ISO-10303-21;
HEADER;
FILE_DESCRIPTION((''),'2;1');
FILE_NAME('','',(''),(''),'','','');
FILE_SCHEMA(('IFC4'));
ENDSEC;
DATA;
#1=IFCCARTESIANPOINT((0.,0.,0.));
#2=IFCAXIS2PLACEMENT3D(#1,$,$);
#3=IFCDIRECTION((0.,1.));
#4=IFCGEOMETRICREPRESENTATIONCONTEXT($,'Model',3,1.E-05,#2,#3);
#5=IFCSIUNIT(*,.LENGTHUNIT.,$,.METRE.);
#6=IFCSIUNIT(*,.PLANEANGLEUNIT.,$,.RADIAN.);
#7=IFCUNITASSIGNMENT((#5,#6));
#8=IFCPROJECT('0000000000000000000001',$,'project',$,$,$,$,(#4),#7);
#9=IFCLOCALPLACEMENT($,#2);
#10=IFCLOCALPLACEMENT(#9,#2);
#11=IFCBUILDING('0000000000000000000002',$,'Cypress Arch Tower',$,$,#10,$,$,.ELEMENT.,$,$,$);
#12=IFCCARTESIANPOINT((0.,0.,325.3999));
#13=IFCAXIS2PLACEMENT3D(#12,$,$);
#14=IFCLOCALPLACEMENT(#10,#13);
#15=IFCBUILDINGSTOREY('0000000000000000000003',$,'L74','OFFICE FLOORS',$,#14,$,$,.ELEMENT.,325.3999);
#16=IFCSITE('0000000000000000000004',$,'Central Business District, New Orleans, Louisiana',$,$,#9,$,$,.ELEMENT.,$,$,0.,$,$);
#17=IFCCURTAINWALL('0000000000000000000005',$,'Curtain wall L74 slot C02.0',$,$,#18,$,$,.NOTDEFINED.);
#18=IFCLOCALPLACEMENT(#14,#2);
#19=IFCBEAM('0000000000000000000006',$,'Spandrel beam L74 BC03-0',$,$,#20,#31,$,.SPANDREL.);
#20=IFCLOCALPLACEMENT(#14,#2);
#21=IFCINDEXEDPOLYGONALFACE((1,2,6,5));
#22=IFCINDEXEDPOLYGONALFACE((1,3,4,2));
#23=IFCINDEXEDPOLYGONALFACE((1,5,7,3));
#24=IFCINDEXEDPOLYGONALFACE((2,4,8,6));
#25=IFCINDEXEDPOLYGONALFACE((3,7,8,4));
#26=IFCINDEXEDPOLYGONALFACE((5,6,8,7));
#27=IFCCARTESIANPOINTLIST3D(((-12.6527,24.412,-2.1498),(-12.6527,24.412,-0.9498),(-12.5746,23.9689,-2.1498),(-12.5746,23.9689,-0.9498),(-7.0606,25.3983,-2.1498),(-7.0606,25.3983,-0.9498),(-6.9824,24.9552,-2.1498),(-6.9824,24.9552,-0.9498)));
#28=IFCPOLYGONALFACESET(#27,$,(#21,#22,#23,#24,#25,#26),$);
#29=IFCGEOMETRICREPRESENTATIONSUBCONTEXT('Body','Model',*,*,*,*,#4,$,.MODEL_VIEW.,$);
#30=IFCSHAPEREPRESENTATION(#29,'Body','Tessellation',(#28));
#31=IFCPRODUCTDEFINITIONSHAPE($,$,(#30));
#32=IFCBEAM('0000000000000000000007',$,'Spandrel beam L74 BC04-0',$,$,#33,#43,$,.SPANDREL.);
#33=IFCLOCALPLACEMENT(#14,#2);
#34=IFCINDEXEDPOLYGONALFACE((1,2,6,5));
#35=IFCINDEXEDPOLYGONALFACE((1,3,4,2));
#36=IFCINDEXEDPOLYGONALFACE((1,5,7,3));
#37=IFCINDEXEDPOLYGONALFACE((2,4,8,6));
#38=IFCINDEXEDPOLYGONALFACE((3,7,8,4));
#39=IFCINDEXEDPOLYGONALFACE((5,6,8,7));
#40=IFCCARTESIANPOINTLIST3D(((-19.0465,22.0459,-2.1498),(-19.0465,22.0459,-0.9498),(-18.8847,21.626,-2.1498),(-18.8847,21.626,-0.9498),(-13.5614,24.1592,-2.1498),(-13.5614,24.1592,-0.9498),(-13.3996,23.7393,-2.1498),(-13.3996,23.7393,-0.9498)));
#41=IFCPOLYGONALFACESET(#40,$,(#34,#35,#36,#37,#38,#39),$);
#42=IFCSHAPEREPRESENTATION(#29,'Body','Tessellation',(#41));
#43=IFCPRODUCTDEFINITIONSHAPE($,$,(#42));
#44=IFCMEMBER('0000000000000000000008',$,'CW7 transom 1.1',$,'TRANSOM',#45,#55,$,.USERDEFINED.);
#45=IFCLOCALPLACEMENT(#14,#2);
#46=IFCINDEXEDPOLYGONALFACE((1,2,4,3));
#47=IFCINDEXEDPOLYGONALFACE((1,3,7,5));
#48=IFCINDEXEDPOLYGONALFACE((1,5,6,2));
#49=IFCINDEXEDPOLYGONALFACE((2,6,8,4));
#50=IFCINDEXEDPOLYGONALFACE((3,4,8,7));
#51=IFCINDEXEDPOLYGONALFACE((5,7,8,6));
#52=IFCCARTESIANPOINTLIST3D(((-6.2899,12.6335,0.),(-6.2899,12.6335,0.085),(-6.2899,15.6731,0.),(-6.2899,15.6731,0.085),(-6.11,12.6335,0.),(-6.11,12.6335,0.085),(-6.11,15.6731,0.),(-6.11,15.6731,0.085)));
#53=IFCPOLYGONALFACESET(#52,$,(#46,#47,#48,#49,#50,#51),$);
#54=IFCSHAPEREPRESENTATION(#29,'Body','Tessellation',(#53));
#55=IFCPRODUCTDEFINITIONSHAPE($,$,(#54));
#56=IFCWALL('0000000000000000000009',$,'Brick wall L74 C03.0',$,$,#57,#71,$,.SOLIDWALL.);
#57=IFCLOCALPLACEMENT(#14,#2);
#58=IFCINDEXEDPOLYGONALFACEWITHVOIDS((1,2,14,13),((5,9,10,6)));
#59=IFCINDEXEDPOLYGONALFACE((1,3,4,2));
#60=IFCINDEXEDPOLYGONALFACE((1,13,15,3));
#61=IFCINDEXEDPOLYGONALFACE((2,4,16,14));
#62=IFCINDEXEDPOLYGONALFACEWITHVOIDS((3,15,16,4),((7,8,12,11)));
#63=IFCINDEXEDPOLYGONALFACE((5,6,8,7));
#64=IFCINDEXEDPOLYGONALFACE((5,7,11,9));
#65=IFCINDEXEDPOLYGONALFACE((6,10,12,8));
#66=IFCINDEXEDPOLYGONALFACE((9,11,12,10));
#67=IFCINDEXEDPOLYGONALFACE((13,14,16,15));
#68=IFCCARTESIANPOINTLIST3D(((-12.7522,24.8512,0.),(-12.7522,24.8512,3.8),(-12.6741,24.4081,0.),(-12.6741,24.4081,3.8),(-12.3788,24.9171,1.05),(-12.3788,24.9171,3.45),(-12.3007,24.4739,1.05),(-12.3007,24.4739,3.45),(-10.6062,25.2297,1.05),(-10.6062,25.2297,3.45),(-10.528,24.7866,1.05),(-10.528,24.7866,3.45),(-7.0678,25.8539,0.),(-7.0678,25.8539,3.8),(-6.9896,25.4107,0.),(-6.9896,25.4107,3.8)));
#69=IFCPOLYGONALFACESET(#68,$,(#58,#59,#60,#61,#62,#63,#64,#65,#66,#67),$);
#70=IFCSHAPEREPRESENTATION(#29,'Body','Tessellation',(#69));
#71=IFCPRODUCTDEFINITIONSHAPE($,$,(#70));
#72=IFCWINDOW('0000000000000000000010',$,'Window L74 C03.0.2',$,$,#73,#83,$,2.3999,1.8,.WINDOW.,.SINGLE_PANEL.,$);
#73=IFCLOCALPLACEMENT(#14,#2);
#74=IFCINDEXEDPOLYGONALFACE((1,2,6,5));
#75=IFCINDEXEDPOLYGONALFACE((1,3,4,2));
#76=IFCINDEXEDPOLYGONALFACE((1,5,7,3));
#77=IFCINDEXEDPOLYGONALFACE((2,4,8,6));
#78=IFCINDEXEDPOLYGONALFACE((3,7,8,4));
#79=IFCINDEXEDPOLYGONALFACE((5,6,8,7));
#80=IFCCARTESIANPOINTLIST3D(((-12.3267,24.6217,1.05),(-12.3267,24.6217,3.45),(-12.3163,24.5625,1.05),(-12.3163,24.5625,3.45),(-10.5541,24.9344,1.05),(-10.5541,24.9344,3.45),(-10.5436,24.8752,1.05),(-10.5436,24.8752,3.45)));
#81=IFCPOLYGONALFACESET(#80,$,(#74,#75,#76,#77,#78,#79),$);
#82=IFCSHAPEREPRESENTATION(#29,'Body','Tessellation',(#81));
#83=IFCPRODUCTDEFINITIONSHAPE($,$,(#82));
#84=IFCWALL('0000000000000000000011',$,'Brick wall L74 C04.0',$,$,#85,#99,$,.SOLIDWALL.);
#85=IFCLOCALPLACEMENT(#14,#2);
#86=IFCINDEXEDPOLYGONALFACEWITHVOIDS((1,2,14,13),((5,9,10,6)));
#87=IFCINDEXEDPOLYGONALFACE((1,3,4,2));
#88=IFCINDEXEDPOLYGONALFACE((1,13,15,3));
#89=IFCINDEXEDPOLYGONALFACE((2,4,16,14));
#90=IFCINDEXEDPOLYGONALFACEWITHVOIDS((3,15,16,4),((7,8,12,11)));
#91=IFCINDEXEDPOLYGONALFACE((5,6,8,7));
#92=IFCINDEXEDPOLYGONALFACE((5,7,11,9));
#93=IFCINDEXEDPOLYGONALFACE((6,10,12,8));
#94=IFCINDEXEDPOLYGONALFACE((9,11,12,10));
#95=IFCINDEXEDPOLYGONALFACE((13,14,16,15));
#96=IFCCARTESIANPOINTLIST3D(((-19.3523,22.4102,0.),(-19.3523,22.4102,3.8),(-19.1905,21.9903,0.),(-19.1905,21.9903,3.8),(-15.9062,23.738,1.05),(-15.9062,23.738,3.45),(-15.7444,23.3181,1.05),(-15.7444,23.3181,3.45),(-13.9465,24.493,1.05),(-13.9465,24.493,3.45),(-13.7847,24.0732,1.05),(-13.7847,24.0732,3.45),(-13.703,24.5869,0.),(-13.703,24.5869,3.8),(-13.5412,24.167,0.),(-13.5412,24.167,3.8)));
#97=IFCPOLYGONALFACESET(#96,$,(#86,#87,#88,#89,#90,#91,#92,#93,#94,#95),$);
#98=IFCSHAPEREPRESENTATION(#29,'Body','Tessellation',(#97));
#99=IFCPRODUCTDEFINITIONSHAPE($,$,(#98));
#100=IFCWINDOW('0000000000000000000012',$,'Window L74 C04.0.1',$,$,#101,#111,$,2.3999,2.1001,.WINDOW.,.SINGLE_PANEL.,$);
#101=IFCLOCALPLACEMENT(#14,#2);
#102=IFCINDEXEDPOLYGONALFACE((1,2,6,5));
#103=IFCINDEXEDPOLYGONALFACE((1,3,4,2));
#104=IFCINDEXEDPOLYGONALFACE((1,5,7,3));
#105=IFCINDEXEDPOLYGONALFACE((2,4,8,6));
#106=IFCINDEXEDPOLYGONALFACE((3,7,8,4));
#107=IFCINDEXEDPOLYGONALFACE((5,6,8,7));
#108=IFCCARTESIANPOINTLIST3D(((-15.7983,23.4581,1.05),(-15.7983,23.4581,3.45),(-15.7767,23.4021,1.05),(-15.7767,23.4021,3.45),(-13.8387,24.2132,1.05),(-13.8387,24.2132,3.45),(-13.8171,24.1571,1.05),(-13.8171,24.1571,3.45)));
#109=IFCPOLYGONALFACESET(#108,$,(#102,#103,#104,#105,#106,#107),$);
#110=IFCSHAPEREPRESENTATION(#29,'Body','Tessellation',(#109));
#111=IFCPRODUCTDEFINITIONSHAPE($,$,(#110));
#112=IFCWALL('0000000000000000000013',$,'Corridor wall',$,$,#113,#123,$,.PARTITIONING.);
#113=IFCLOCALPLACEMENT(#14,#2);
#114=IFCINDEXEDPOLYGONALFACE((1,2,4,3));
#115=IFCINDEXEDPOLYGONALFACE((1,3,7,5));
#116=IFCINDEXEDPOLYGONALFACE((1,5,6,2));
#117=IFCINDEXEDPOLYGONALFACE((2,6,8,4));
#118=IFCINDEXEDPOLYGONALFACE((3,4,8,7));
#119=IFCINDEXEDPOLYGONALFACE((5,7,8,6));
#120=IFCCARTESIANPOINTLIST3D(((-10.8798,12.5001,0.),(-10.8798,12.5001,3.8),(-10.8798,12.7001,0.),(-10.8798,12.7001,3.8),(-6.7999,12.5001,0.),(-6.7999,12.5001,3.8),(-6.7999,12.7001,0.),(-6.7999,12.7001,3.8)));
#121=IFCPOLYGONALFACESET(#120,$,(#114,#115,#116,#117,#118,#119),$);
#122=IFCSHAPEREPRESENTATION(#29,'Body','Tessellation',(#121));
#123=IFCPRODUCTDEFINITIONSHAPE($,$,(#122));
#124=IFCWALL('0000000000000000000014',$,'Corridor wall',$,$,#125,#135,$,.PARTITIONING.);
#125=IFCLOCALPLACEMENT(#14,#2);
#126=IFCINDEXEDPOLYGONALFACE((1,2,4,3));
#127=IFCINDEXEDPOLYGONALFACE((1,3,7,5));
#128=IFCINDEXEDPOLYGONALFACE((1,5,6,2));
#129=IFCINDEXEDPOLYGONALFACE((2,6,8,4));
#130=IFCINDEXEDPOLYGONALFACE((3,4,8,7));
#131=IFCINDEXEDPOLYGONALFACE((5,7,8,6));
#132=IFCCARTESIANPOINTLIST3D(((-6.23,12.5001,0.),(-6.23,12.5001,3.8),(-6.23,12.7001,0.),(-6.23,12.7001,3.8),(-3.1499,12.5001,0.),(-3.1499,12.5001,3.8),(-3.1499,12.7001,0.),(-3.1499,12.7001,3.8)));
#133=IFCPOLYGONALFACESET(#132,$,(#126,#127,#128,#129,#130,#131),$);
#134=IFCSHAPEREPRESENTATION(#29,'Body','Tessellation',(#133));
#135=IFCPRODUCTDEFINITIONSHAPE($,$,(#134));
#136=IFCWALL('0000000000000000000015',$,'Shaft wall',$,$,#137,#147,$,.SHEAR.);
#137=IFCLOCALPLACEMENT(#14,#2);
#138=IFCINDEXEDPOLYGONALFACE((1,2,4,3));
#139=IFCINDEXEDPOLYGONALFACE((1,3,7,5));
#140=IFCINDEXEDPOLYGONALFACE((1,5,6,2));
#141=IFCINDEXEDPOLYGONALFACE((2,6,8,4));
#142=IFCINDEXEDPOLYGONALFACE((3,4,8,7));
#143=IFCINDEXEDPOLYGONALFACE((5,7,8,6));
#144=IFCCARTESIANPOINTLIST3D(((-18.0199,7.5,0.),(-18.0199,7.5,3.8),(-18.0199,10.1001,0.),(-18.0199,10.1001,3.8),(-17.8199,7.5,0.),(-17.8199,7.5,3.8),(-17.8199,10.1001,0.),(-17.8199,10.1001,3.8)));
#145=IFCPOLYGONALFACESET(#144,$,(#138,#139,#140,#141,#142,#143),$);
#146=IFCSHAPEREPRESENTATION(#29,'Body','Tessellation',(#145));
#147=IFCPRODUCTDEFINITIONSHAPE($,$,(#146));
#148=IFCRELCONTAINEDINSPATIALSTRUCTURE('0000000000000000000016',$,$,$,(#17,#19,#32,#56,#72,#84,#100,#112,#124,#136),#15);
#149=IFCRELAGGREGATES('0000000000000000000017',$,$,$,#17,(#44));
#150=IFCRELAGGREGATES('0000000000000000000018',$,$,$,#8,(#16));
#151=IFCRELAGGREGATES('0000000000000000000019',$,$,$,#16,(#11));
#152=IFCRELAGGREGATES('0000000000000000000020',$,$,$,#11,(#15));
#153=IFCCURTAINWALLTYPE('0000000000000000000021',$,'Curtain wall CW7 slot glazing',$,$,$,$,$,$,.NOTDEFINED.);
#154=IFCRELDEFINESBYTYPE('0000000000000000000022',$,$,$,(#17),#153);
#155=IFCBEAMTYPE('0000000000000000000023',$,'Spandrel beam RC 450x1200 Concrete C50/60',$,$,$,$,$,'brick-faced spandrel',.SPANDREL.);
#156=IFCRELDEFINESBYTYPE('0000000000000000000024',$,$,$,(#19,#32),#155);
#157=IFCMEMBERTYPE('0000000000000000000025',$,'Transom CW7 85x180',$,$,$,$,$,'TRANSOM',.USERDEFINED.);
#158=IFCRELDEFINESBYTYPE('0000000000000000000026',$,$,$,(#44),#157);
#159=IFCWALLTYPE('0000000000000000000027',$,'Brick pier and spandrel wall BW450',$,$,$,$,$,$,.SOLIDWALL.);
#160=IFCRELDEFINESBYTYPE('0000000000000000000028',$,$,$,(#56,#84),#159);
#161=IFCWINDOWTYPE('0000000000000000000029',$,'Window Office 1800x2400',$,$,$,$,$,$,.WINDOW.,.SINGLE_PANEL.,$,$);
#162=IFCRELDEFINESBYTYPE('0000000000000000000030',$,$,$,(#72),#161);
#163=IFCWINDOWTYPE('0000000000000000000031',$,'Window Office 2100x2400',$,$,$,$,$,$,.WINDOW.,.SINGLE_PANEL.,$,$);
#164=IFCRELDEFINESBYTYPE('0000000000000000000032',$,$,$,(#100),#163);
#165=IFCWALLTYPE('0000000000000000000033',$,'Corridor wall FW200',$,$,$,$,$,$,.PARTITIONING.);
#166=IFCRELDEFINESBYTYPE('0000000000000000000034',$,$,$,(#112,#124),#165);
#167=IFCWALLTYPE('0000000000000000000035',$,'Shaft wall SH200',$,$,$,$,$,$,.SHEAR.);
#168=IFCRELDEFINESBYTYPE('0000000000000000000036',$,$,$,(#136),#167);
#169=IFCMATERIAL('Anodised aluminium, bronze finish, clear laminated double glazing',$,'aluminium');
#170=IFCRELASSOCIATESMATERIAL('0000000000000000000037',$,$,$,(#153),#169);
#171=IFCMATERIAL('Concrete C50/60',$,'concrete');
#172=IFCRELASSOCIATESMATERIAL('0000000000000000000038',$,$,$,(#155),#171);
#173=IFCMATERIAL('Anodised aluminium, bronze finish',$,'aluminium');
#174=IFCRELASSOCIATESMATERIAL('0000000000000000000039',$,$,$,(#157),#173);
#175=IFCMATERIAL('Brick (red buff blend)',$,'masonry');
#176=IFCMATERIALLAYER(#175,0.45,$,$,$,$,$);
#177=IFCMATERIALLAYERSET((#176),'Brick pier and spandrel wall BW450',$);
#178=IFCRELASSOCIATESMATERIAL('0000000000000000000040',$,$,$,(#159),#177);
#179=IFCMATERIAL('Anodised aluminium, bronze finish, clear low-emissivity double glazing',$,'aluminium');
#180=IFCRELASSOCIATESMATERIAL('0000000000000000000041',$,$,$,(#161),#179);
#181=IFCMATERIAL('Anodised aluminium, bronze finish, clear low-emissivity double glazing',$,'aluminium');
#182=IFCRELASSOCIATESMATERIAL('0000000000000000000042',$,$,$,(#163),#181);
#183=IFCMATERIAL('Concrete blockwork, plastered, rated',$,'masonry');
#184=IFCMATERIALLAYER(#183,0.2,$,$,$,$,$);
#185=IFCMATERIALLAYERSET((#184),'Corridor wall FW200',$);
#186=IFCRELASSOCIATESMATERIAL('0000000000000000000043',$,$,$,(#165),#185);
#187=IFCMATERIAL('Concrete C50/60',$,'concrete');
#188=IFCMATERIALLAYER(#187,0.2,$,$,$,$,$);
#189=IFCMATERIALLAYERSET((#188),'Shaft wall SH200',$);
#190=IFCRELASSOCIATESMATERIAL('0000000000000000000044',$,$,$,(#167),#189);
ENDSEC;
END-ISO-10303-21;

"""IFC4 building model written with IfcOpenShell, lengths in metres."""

from ifc_helpers import new_model, si_unit, direction, frame, frame_2d, origin, origin_2d, place, context, subcontext, project, spatial, rectangle, extrude, material, layer, layer_set, material_profile, profile_set, type_object, element, fill, aggregate, save


model = new_model("IFC4")

# Units and contexts
model_context = context("Model", 3, precision=1e-05, world=origin(), true_north=direction((0.0, 1.0)))
body_context = subcontext(model_context, "Body", "Model", "MODEL_VIEW")
ifc_project = project(units=[si_unit("LENGTHUNIT", "METRE"), si_unit("PLANEANGLEUNIT", "RADIAN")], contexts=[model_context])

# Site, building, storey
site_placement = place(None, origin())
site = spatial("IfcSite", under=ifc_project, at=site_placement, Name="Central Business District, New Orleans, Louisiana", CompositionType="ELEMENT", RefElevation=0.0)
building_placement = place(site_placement, origin())
building = spatial("IfcBuilding", under=site, at=building_placement, Name="Cypress Arch Tower", CompositionType="ELEMENT")
storey_placement = place(building_placement, frame((0.0, 0.0, 325.3999)))
storey = spatial("IfcBuildingStorey", under=building, at=storey_placement, Name="L74", Description="OFFICE FLOORS", CompositionType="ELEMENT", Elevation=325.3999)

# Curtain wall
ifc_material_1 = material(Name="Anodised aluminium, bronze finish, clear laminated double glazing", Category="aluminium")
curtain_wall_type = type_object("IfcCurtainWallType", Name="Curtain wall CW7 slot glazing", PredefinedType="NOTDEFINED", material=ifc_material_1)
curtain_wall_placement = place(storey_placement, origin())
curtain_wall = element("IfcCurtainWall", 1, at=curtain_wall_placement, inside=storey, type_object=curtain_wall_type, Name="Curtain wall L74 slot C02.0", PredefinedType="NOTDEFINED")

# Beams
ifc_material_2 = material(Name="Concrete C50/60", Category="concrete")
ifc_material_profile_1 = material_profile(ifc_material_2, rectangle(XDim=0.45, YDim=1.2, at=origin_2d()), Name="RC 450x1200")
ifc_profile_set_1 = profile_set([ifc_material_profile_1], Name="Concrete C50/60")
beam_type_1 = type_object("IfcBeamType", Name="Spandrel beam RC 450x1200 Concrete C50/60", ElementType="brick-faced spandrel", PredefinedType="SPANDREL", material=ifc_profile_set_1)
beam_1_placement = place(storey_placement, frame((-7.0215, 25.1768, -1.5498), z_axis=(-0.984799, -0.173699, 0.0), x_axis=(0.173699, -0.984799, 0.0)))
element("IfcBeam", 2, at=beam_1_placement, inside=storey, type_object=beam_type_1, Name="Spandrel beam L74 BC03-0", PredefinedType="SPANDREL", context=body_context, shape_type="SweptSolid", body=[
    extrude(rectangle(XDim=0.45, YDim=1.2, at=origin_2d()), origin(), (0.0, 0.0, 1.0), 5.6785),
])
beam_2_placement = place(storey_placement, frame((-13.4805, 23.9492, -1.5498), z_axis=(-0.933139, -0.359516, 0.0), x_axis=(0.359516, -0.933139, 0.0)))
element("IfcBeam", 3, at=beam_2_placement, inside=storey, type_object=beam_type_1, Name="Spandrel beam L74 BC04-0", PredefinedType="SPANDREL", context=body_context, shape_type="SweptSolid", body=[
    extrude(rectangle(XDim=0.45, YDim=1.2, at=origin_2d()), origin(), (0.0, 0.0, 1.0), 5.8782),
])

# Member
ifc_material_3 = material(Name="Anodised aluminium, bronze finish", Category="aluminium")
ifc_material_profile_2 = material_profile(ifc_material_3, rectangle(XDim=0.1799, YDim=0.085, at=origin_2d()), Name="Transom 85x180")
ifc_profile_set_2 = profile_set([ifc_material_profile_2], Name="Anodised aluminium, bronze finish")
member_type_1 = type_object("IfcMemberType", Name="Transom CW7 85x180", ElementType="TRANSOM", PredefinedType="USERDEFINED", material=ifc_profile_set_2)
member_1_placement = place(storey_placement, frame((-6.2, 12.6335, 0.0425), z_axis=(0.0, 1.0, 0.0), x_axis=(-1.0, 0.0, 0.0)))
member_1 = element("IfcMember", 4, at=member_1_placement, type_object=member_type_1, Name="CW7 transom 1.1", ObjectType="TRANSOM", PredefinedType="USERDEFINED", context=body_context, shape_type="SweptSolid", body=[
    extrude(rectangle(XDim=0.1799, YDim=0.085, at=origin_2d()), origin(), (0.0, 0.0, 1.0), 3.0396),
])
aggregate(curtain_wall, [member_1])

# Walls, openings, windows
ifc_material_4 = material(Name="Brick (red buff blend)", Category="masonry")
ifc_layer_1 = layer(ifc_material_4, 0.45)
ifc_layer_set_1 = layer_set([ifc_layer_1], Name="Brick pier and spandrel wall BW450")
wall_type_1 = type_object("IfcWallType", Name="Brick pier and spandrel wall BW450", PredefinedType="SOLIDWALL", material=ifc_layer_set_1)
wall_1_placement = place(storey_placement, frame((-7.0286, 25.6323, 0.0), z_axis=(0.0, 0.0, 1.0), x_axis=(-0.984798, -0.173706, 0.0)))
wall_1 = element("IfcWall", 5, at=wall_1_placement, inside=storey, type_object=wall_type_1, Name="Brick wall L74 C03.0", PredefinedType="SOLIDWALL", context=body_context, shape_type="SweptSolid", body=[
    extrude(rectangle(XDim=5.7722, YDim=0.45, at=frame_2d((2.8862, 0.0))), origin(), (0.0, 0.0, 1.0), 3.8),
])
opening_1_placement = place(wall_1_placement, frame((3.5933, 0.0, 1.05)))
opening_1 = element("IfcOpeningElement", 6, at=opening_1_placement, cuts=wall_1, PredefinedType="OPENING", context=body_context, shape_type="SweptSolid", body=[
    extrude(rectangle(XDim=1.8, YDim=2.3999, at=frame_2d((0.8999, 1.2))), frame((0.0, 0.2349, 0.0), z_axis=(0.0, -1.0, 0.0), x_axis=(1.0, 0.0, 0.0)), (0.0, 0.0, 1.0), 0.47),
])
ifc_material_5 = material(Name="Anodised aluminium, bronze finish, clear low-emissivity double glazing", Category="aluminium")
window_type_1 = type_object("IfcWindowType", Name="Window Office 1800x2400", PartitioningType="SINGLE_PANEL", PredefinedType="WINDOW", material=ifc_material_5)
window_1_placement = place(opening_1_placement, origin())
window_1 = element("IfcWindow", 7, at=window_1_placement, inside=storey, type_object=window_type_1, Name="Window L74 C03.0.2", OverallHeight=2.3999, OverallWidth=1.8, PartitioningType="SINGLE_PANEL", PredefinedType="WINDOW", context=body_context, shape_type="SweptSolid", body=[
    extrude(rectangle(XDim=1.8, YDim=2.3999, at=frame_2d((0.8999, 1.2))), frame((0.0, 0.135, 0.0), z_axis=(0.0, -1.0, 0.0), x_axis=(1.0, 0.0, 0.0)), (0.0, 0.0, 1.0), 0.0601),
])
fill(opening_1, window_1)
wall_2_placement = place(storey_placement, frame((-13.6221, 24.377, 0.0), z_axis=(0.0, 0.0, 1.0), x_axis=(-0.933129, -0.359541, 0.0)))
wall_2 = element("IfcWall", 8, at=wall_2_placement, inside=storey, type_object=wall_type_1, Name="Brick wall L74 C04.0", PredefinedType="SOLIDWALL", context=body_context, shape_type="SweptSolid", body=[
    extrude(rectangle(XDim=6.0542, YDim=0.45, at=frame_2d((3.0271, 0.0))), origin(), (0.0, 0.0, 1.0), 3.8),
])
opening_2_placement = place(wall_2_placement, frame((0.261, 0.0, 1.05)))
opening_2 = element("IfcOpeningElement", 9, at=opening_2_placement, cuts=wall_2, PredefinedType="OPENING", context=body_context, shape_type="SweptSolid", body=[
    extrude(rectangle(XDim=2.1001, YDim=2.3999, at=frame_2d((1.05, 1.2))), frame((0.0, 0.2349, 0.0), z_axis=(0.0, -1.0, 0.0), x_axis=(1.0, 0.0, 0.0)), (0.0, 0.0, 1.0), 0.47),
])
ifc_material_6 = material(Name="Anodised aluminium, bronze finish, clear low-emissivity double glazing", Category="aluminium")
window_type_2 = type_object("IfcWindowType", Name="Window Office 2100x2400", PartitioningType="SINGLE_PANEL", PredefinedType="WINDOW", material=ifc_material_6)
window_2_placement = place(opening_2_placement, origin())
window_2 = element("IfcWindow", 10, at=window_2_placement, inside=storey, type_object=window_type_2, Name="Window L74 C04.0.1", OverallHeight=2.3999, OverallWidth=2.1001, PartitioningType="SINGLE_PANEL", PredefinedType="WINDOW", context=body_context, shape_type="SweptSolid", body=[
    extrude(rectangle(XDim=2.1001, YDim=2.3999, at=frame_2d((1.05, 1.2))), frame((0.0, 0.135, 0.0), z_axis=(0.0, -1.0, 0.0), x_axis=(1.0, 0.0, 0.0)), (0.0, 0.0, 1.0), 0.0601),
])
fill(opening_2, window_2)

# Walls
ifc_material_7 = material(Name="Concrete blockwork, plastered, rated", Category="masonry")
ifc_layer_2 = layer(ifc_material_7, 0.2)
ifc_layer_set_2 = layer_set([ifc_layer_2], Name="Corridor wall FW200")
wall_type_2 = type_object("IfcWallType", Name="Corridor wall FW200", PredefinedType="PARTITIONING", material=ifc_layer_set_2)
wall_3_placement = place(storey_placement, frame((-10.8799, 12.6001, 0.0), z_axis=(0.0, 0.0, 1.0), x_axis=(1.0, 0.0, 0.0)))
element("IfcWall", 11, at=wall_3_placement, inside=storey, type_object=wall_type_2, Name="Corridor wall", PredefinedType="PARTITIONING", context=body_context, shape_type="SweptSolid", body=[
    extrude(rectangle(XDim=4.0798, YDim=0.2, at=frame_2d((2.04, 0.0))), origin(), (0.0, 0.0, 1.0), 3.8),
])
wall_4_placement = place(storey_placement, frame((-6.23, 12.6001, 0.0), z_axis=(0.0, 0.0, 1.0), x_axis=(1.0, 0.0, 0.0)))
element("IfcWall", 12, at=wall_4_placement, inside=storey, type_object=wall_type_2, Name="Corridor wall", PredefinedType="PARTITIONING", context=body_context, shape_type="SweptSolid", body=[
    extrude(rectangle(XDim=3.0801, YDim=0.2, at=frame_2d((1.54, 0.0))), origin(), (0.0, 0.0, 1.0), 3.8),
])
ifc_material_8 = material(Name="Concrete C50/60", Category="concrete")
ifc_layer_3 = layer(ifc_material_8, 0.2)
ifc_layer_set_3 = layer_set([ifc_layer_3], Name="Shaft wall SH200")
wall_type_3 = type_object("IfcWallType", Name="Shaft wall SH200", PredefinedType="SHEAR", material=ifc_layer_set_3)
wall_5_placement = place(storey_placement, frame((-17.9199, 7.5, 0.0), z_axis=(0.0, 0.0, 1.0), x_axis=(0.0, 1.0, 0.0)))
element("IfcWall", 13, at=wall_5_placement, inside=storey, type_object=wall_type_3, Name="Shaft wall", PredefinedType="SHEAR", context=body_context, shape_type="SweptSolid", body=[
    extrude(rectangle(XDim=2.6001, YDim=0.2, at=frame_2d((1.3, 0.0))), origin(), (0.0, 0.0, 1.0), 3.8),
])

save(model, "model.ifc")
